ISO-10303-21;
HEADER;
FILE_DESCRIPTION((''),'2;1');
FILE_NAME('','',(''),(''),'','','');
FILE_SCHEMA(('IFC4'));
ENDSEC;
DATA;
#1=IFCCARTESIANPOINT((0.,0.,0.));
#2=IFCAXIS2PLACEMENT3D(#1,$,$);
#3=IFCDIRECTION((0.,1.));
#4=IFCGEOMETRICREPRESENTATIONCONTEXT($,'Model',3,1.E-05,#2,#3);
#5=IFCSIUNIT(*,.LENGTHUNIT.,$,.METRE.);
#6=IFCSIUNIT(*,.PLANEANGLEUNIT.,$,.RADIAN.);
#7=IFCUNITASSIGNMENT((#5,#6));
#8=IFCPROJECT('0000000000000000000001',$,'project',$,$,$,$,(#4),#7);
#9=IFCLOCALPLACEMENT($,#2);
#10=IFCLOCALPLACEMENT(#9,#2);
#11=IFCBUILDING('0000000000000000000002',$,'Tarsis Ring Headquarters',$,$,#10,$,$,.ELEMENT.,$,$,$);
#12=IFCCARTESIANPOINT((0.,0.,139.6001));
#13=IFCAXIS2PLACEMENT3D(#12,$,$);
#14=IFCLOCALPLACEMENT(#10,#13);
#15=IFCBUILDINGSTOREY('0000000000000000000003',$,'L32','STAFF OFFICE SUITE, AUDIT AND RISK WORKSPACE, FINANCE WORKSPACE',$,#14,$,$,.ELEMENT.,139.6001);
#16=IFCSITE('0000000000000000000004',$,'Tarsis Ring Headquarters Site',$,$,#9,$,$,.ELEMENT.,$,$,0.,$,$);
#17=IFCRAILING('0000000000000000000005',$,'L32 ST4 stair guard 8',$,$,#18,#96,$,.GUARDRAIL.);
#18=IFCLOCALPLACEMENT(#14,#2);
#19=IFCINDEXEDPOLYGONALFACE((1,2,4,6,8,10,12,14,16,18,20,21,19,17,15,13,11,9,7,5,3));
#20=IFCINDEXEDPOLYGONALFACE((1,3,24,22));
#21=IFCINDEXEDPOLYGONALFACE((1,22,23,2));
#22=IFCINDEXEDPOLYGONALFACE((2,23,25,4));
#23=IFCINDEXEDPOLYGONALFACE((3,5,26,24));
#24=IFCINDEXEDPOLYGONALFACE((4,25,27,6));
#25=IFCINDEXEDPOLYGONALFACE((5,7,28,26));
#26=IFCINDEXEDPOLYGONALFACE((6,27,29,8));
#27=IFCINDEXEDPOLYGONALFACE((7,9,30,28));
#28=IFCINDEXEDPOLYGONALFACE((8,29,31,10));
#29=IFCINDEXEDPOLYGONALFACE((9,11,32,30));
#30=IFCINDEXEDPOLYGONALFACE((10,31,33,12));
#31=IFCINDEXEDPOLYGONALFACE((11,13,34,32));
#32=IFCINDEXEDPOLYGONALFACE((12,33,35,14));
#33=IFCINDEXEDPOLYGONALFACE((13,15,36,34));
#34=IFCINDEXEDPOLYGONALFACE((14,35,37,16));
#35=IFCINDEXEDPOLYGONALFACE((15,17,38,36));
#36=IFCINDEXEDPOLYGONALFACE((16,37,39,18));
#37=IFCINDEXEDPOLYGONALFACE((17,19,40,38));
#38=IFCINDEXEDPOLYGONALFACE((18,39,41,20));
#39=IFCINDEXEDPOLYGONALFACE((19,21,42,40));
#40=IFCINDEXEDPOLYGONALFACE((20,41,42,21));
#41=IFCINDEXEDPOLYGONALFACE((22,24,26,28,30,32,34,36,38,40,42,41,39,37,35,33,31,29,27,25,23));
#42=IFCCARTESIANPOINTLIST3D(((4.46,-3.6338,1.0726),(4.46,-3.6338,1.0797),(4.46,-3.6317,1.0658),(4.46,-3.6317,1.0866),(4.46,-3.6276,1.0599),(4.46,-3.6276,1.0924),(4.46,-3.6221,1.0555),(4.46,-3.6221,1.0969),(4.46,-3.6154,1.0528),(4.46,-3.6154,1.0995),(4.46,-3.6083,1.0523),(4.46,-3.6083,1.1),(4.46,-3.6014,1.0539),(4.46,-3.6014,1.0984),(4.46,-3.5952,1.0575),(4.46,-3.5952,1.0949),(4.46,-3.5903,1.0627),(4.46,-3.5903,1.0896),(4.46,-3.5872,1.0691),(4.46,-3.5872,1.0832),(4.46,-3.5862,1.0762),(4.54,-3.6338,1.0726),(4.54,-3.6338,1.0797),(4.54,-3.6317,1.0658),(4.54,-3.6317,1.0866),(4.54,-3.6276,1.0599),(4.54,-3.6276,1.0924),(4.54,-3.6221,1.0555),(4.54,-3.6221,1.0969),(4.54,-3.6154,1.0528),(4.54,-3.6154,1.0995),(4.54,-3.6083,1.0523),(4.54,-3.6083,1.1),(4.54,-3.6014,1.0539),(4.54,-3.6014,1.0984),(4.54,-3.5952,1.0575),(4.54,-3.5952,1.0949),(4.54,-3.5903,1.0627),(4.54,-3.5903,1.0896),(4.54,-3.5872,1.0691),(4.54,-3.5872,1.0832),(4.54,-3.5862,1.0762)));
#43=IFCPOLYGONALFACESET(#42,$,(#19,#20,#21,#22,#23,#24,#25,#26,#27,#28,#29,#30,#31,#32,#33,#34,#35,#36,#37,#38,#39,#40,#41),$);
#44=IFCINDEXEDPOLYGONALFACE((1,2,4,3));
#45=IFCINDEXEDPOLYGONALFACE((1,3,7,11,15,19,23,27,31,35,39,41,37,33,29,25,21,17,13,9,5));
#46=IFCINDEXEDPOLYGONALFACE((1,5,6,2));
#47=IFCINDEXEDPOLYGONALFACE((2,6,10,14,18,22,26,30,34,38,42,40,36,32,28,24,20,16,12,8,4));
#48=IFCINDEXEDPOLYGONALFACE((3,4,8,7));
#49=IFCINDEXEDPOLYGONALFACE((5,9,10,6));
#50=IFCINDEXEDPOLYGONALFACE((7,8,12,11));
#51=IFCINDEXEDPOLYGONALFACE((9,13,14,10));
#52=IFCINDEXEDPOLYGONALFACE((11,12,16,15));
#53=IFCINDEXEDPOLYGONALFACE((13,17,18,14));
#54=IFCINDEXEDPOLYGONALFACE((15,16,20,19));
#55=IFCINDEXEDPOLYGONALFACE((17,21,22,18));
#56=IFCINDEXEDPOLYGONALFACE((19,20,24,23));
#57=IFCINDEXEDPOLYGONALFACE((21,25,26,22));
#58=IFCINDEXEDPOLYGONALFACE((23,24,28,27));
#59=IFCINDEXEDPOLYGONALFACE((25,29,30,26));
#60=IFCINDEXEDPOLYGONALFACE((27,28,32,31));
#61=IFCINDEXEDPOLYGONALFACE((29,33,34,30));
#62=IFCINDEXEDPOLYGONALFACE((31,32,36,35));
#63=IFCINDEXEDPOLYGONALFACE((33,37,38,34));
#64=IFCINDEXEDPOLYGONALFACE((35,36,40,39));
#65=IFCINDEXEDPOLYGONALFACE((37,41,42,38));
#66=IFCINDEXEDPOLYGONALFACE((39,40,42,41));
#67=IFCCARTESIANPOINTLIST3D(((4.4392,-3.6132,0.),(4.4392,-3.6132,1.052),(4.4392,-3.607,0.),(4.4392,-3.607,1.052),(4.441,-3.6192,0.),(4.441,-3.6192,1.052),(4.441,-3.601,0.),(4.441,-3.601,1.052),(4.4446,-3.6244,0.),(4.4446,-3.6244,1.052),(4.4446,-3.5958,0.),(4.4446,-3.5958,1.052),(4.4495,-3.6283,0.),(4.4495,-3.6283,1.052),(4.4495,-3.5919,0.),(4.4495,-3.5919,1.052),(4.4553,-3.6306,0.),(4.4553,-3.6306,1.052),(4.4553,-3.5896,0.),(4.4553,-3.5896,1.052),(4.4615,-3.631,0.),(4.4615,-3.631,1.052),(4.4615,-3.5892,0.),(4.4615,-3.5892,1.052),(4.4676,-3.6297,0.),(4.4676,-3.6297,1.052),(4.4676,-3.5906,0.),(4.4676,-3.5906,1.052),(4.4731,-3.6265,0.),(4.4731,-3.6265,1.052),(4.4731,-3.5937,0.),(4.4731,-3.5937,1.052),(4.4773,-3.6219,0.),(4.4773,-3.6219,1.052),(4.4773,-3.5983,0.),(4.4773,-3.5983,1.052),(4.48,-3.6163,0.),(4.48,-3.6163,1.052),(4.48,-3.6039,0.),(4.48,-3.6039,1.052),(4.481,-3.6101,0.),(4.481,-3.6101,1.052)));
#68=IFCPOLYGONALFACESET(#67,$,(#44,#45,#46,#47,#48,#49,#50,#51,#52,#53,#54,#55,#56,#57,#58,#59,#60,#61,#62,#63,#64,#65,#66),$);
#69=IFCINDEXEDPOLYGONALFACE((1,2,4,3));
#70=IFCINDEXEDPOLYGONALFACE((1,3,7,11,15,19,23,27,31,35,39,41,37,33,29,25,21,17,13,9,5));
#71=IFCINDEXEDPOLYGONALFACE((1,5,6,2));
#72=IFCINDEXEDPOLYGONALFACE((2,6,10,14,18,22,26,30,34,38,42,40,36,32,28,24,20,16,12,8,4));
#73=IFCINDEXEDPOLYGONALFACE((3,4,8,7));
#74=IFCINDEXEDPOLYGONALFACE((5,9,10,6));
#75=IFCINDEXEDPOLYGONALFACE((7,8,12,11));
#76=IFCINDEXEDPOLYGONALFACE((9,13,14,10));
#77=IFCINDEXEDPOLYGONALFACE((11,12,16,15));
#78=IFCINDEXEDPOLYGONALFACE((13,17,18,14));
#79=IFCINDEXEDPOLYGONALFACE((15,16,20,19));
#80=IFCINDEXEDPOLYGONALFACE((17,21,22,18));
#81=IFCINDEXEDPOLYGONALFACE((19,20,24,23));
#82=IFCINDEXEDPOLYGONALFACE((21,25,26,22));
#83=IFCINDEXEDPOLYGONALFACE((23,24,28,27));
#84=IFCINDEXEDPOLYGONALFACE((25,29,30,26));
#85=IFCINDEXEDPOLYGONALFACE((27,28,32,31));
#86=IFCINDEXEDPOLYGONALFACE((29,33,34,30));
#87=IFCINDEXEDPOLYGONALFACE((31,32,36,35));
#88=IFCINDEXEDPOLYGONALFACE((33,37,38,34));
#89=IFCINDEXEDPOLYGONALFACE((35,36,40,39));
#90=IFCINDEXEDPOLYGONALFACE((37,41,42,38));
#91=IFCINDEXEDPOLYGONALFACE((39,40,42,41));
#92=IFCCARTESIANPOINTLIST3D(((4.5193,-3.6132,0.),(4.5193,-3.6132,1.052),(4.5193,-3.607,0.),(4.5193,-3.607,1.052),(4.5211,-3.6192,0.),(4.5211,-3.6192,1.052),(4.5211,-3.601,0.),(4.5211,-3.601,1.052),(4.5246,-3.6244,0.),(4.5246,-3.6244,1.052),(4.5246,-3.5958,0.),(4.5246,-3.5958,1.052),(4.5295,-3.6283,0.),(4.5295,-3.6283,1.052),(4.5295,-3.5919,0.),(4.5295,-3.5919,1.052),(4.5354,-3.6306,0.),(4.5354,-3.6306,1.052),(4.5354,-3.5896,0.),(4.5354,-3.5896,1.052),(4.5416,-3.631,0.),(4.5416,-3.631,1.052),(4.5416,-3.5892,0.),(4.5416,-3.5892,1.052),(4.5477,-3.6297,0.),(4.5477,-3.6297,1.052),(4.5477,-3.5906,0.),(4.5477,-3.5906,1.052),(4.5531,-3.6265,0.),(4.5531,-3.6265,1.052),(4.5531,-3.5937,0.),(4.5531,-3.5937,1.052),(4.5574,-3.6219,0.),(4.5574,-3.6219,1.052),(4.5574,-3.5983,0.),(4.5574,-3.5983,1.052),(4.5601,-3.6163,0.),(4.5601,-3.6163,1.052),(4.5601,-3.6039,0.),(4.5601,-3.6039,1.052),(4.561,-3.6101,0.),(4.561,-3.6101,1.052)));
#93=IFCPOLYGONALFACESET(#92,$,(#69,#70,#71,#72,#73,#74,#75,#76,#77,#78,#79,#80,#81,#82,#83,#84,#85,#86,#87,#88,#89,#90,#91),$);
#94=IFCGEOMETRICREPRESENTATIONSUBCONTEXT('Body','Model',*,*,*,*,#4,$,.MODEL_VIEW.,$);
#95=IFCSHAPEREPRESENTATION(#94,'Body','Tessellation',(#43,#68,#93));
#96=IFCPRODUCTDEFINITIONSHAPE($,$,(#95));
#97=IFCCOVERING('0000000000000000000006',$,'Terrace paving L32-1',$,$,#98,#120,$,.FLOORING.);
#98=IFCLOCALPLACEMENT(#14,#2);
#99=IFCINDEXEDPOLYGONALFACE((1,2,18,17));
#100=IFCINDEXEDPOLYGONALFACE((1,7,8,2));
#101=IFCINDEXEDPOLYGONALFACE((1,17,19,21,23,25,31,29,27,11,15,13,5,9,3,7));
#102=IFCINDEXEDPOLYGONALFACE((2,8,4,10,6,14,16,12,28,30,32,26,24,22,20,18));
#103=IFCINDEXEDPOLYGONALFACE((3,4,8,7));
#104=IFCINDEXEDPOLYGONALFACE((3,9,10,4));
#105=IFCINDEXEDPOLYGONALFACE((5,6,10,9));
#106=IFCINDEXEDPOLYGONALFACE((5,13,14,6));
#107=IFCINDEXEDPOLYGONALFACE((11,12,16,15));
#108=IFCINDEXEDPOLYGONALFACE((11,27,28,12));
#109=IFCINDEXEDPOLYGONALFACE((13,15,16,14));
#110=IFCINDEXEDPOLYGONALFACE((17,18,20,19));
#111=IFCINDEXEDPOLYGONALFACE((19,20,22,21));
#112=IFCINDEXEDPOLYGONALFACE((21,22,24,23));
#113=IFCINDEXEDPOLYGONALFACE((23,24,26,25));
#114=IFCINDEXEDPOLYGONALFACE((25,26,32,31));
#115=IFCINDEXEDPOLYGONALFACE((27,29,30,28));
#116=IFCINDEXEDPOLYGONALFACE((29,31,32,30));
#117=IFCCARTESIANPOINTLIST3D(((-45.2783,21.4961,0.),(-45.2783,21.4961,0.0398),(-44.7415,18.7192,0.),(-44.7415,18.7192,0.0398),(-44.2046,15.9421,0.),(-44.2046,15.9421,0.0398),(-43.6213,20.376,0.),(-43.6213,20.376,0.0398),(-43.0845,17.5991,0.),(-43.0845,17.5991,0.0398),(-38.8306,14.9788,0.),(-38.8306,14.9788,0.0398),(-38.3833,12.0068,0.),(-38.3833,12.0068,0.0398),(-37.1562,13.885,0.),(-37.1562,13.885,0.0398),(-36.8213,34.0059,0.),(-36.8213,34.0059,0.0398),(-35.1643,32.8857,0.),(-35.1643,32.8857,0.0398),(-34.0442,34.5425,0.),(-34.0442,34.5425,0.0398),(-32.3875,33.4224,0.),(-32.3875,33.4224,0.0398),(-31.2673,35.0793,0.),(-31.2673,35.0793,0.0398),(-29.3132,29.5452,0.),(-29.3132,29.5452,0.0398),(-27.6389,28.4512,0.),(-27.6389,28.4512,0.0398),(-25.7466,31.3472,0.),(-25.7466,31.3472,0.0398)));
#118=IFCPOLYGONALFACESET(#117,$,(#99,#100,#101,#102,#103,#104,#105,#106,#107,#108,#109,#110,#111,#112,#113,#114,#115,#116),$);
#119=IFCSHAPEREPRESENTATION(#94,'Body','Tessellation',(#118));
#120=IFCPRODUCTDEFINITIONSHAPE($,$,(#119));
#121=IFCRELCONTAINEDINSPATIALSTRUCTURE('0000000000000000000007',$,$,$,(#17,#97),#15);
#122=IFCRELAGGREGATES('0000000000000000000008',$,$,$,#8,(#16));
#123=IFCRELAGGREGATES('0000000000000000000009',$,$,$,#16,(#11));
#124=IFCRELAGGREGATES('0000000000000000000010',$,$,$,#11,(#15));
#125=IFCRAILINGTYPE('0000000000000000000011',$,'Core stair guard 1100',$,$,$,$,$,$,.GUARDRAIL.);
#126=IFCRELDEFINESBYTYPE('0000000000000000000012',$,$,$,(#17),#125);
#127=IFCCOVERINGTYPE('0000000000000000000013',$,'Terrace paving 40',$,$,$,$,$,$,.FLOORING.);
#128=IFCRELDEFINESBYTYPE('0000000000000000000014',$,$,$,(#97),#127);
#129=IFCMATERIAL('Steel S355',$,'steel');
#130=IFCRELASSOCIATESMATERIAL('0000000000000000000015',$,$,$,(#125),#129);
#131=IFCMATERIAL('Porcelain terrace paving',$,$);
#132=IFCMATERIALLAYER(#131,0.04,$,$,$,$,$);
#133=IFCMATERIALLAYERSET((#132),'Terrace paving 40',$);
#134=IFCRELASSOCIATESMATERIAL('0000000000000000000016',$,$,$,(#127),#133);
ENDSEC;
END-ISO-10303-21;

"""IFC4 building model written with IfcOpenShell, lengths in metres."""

from ifc_helpers import new_model, si_unit, direction, frame, origin, origin_2d, place, context, subcontext, project, spatial, polyline, circle, outline, extrude, material, layer, layer_set, type_object, element, save


model = new_model("IFC4")

# Units and contexts
model_context = context("Model", 3, precision=1e-05, world=origin(), true_north=direction((0.0, 1.0)))
body_context = subcontext(model_context, "Body", "Model", "MODEL_VIEW")
ifc_project = project(units=[si_unit("LENGTHUNIT", "METRE"), si_unit("PLANEANGLEUNIT", "RADIAN")], contexts=[model_context])

# Site, building, storey
site_placement = place(None, origin())
site = spatial("IfcSite", under=ifc_project, at=site_placement, Name="Tarsis Ring Headquarters Site", CompositionType="ELEMENT", RefElevation=0.0)
building_placement = place(site_placement, origin())
building = spatial("IfcBuilding", under=site, at=building_placement, Name="Tarsis Ring Headquarters", CompositionType="ELEMENT")
storey_placement = place(building_placement, frame((0.0, 0.0, 139.6001)))
storey = spatial("IfcBuildingStorey", under=building, at=storey_placement, Name="L32", Description="STAFF OFFICE SUITE, AUDIT AND RISK WORKSPACE, FINANCE WORKSPACE", CompositionType="ELEMENT", Elevation=139.6001)

# Railing
ifc_material_1 = material(Name="Steel S355", Category="steel")
railing_type = type_object("IfcRailingType", Name="Core stair guard 1100", PredefinedType="GUARDRAIL", material=ifc_material_1)
railing_1_placement = place(storey_placement, frame((4.46, -3.6101, 0.0)))
element("IfcRailing", 1, at=railing_1_placement, inside=storey, type_object=railing_type, Name="L32 ST4 stair guard 8", PredefinedType="GUARDRAIL", context=body_context, shape_type="SweptSolid", body=[
    extrude(circle(Radius=0.0239, at=origin_2d()), frame((0.0, 0.0, 1.0762), z_axis=(1.0, 0.0, 0.0), x_axis=(0.0, 1.0, 0.0)), (0.0, 0.0, 1.0), 0.0801),
    extrude(circle(Radius=0.021, at=origin_2d()), origin(), (0.0, 0.0, 1.0), 1.052),
    extrude(circle(Radius=0.021, at=origin_2d()), frame((0.0801, 0.0, 0.0)), (0.0, 0.0, 1.0), 1.052),
])

# Covering
ifc_material_2 = material(Name="Porcelain terrace paving")
ifc_layer_1 = layer(ifc_material_2, 0.04)
ifc_layer_set_1 = layer_set([ifc_layer_1], Name="Terrace paving 40")
covering_type = type_object("IfcCoveringType", Name="Terrace paving 40", PredefinedType="FLOORING", material=ifc_layer_set_1)
covering_placement = place(storey_placement, origin())
element("IfcCovering", 2, at=covering_placement, inside=storey, type_object=covering_type, Name="Terrace paving L32-1", PredefinedType="FLOORING", context=body_context, shape_type="SweptSolid", body=[
    extrude(outline(polyline([(-43.0845, 17.5991), (-44.7415, 18.7192), (-43.6213, 20.376), (-45.2783, 21.4961), (-36.8213, 34.0059), (-35.1643, 32.8857), (-34.0442, 34.5425), (-32.3875, 33.4224), (-31.2673, 35.0793), (-25.7466, 31.3472), (-27.6389, 28.4512), (-29.3132, 29.5452), (-38.8306, 14.9788), (-37.1562, 13.885), (-38.3833, 12.0068), (-44.2046, 15.9421), (-43.0845, 17.5991)])), origin(), (0.0, 0.0, 1.0), 0.0398),
])

save(model, "model.ifc")
